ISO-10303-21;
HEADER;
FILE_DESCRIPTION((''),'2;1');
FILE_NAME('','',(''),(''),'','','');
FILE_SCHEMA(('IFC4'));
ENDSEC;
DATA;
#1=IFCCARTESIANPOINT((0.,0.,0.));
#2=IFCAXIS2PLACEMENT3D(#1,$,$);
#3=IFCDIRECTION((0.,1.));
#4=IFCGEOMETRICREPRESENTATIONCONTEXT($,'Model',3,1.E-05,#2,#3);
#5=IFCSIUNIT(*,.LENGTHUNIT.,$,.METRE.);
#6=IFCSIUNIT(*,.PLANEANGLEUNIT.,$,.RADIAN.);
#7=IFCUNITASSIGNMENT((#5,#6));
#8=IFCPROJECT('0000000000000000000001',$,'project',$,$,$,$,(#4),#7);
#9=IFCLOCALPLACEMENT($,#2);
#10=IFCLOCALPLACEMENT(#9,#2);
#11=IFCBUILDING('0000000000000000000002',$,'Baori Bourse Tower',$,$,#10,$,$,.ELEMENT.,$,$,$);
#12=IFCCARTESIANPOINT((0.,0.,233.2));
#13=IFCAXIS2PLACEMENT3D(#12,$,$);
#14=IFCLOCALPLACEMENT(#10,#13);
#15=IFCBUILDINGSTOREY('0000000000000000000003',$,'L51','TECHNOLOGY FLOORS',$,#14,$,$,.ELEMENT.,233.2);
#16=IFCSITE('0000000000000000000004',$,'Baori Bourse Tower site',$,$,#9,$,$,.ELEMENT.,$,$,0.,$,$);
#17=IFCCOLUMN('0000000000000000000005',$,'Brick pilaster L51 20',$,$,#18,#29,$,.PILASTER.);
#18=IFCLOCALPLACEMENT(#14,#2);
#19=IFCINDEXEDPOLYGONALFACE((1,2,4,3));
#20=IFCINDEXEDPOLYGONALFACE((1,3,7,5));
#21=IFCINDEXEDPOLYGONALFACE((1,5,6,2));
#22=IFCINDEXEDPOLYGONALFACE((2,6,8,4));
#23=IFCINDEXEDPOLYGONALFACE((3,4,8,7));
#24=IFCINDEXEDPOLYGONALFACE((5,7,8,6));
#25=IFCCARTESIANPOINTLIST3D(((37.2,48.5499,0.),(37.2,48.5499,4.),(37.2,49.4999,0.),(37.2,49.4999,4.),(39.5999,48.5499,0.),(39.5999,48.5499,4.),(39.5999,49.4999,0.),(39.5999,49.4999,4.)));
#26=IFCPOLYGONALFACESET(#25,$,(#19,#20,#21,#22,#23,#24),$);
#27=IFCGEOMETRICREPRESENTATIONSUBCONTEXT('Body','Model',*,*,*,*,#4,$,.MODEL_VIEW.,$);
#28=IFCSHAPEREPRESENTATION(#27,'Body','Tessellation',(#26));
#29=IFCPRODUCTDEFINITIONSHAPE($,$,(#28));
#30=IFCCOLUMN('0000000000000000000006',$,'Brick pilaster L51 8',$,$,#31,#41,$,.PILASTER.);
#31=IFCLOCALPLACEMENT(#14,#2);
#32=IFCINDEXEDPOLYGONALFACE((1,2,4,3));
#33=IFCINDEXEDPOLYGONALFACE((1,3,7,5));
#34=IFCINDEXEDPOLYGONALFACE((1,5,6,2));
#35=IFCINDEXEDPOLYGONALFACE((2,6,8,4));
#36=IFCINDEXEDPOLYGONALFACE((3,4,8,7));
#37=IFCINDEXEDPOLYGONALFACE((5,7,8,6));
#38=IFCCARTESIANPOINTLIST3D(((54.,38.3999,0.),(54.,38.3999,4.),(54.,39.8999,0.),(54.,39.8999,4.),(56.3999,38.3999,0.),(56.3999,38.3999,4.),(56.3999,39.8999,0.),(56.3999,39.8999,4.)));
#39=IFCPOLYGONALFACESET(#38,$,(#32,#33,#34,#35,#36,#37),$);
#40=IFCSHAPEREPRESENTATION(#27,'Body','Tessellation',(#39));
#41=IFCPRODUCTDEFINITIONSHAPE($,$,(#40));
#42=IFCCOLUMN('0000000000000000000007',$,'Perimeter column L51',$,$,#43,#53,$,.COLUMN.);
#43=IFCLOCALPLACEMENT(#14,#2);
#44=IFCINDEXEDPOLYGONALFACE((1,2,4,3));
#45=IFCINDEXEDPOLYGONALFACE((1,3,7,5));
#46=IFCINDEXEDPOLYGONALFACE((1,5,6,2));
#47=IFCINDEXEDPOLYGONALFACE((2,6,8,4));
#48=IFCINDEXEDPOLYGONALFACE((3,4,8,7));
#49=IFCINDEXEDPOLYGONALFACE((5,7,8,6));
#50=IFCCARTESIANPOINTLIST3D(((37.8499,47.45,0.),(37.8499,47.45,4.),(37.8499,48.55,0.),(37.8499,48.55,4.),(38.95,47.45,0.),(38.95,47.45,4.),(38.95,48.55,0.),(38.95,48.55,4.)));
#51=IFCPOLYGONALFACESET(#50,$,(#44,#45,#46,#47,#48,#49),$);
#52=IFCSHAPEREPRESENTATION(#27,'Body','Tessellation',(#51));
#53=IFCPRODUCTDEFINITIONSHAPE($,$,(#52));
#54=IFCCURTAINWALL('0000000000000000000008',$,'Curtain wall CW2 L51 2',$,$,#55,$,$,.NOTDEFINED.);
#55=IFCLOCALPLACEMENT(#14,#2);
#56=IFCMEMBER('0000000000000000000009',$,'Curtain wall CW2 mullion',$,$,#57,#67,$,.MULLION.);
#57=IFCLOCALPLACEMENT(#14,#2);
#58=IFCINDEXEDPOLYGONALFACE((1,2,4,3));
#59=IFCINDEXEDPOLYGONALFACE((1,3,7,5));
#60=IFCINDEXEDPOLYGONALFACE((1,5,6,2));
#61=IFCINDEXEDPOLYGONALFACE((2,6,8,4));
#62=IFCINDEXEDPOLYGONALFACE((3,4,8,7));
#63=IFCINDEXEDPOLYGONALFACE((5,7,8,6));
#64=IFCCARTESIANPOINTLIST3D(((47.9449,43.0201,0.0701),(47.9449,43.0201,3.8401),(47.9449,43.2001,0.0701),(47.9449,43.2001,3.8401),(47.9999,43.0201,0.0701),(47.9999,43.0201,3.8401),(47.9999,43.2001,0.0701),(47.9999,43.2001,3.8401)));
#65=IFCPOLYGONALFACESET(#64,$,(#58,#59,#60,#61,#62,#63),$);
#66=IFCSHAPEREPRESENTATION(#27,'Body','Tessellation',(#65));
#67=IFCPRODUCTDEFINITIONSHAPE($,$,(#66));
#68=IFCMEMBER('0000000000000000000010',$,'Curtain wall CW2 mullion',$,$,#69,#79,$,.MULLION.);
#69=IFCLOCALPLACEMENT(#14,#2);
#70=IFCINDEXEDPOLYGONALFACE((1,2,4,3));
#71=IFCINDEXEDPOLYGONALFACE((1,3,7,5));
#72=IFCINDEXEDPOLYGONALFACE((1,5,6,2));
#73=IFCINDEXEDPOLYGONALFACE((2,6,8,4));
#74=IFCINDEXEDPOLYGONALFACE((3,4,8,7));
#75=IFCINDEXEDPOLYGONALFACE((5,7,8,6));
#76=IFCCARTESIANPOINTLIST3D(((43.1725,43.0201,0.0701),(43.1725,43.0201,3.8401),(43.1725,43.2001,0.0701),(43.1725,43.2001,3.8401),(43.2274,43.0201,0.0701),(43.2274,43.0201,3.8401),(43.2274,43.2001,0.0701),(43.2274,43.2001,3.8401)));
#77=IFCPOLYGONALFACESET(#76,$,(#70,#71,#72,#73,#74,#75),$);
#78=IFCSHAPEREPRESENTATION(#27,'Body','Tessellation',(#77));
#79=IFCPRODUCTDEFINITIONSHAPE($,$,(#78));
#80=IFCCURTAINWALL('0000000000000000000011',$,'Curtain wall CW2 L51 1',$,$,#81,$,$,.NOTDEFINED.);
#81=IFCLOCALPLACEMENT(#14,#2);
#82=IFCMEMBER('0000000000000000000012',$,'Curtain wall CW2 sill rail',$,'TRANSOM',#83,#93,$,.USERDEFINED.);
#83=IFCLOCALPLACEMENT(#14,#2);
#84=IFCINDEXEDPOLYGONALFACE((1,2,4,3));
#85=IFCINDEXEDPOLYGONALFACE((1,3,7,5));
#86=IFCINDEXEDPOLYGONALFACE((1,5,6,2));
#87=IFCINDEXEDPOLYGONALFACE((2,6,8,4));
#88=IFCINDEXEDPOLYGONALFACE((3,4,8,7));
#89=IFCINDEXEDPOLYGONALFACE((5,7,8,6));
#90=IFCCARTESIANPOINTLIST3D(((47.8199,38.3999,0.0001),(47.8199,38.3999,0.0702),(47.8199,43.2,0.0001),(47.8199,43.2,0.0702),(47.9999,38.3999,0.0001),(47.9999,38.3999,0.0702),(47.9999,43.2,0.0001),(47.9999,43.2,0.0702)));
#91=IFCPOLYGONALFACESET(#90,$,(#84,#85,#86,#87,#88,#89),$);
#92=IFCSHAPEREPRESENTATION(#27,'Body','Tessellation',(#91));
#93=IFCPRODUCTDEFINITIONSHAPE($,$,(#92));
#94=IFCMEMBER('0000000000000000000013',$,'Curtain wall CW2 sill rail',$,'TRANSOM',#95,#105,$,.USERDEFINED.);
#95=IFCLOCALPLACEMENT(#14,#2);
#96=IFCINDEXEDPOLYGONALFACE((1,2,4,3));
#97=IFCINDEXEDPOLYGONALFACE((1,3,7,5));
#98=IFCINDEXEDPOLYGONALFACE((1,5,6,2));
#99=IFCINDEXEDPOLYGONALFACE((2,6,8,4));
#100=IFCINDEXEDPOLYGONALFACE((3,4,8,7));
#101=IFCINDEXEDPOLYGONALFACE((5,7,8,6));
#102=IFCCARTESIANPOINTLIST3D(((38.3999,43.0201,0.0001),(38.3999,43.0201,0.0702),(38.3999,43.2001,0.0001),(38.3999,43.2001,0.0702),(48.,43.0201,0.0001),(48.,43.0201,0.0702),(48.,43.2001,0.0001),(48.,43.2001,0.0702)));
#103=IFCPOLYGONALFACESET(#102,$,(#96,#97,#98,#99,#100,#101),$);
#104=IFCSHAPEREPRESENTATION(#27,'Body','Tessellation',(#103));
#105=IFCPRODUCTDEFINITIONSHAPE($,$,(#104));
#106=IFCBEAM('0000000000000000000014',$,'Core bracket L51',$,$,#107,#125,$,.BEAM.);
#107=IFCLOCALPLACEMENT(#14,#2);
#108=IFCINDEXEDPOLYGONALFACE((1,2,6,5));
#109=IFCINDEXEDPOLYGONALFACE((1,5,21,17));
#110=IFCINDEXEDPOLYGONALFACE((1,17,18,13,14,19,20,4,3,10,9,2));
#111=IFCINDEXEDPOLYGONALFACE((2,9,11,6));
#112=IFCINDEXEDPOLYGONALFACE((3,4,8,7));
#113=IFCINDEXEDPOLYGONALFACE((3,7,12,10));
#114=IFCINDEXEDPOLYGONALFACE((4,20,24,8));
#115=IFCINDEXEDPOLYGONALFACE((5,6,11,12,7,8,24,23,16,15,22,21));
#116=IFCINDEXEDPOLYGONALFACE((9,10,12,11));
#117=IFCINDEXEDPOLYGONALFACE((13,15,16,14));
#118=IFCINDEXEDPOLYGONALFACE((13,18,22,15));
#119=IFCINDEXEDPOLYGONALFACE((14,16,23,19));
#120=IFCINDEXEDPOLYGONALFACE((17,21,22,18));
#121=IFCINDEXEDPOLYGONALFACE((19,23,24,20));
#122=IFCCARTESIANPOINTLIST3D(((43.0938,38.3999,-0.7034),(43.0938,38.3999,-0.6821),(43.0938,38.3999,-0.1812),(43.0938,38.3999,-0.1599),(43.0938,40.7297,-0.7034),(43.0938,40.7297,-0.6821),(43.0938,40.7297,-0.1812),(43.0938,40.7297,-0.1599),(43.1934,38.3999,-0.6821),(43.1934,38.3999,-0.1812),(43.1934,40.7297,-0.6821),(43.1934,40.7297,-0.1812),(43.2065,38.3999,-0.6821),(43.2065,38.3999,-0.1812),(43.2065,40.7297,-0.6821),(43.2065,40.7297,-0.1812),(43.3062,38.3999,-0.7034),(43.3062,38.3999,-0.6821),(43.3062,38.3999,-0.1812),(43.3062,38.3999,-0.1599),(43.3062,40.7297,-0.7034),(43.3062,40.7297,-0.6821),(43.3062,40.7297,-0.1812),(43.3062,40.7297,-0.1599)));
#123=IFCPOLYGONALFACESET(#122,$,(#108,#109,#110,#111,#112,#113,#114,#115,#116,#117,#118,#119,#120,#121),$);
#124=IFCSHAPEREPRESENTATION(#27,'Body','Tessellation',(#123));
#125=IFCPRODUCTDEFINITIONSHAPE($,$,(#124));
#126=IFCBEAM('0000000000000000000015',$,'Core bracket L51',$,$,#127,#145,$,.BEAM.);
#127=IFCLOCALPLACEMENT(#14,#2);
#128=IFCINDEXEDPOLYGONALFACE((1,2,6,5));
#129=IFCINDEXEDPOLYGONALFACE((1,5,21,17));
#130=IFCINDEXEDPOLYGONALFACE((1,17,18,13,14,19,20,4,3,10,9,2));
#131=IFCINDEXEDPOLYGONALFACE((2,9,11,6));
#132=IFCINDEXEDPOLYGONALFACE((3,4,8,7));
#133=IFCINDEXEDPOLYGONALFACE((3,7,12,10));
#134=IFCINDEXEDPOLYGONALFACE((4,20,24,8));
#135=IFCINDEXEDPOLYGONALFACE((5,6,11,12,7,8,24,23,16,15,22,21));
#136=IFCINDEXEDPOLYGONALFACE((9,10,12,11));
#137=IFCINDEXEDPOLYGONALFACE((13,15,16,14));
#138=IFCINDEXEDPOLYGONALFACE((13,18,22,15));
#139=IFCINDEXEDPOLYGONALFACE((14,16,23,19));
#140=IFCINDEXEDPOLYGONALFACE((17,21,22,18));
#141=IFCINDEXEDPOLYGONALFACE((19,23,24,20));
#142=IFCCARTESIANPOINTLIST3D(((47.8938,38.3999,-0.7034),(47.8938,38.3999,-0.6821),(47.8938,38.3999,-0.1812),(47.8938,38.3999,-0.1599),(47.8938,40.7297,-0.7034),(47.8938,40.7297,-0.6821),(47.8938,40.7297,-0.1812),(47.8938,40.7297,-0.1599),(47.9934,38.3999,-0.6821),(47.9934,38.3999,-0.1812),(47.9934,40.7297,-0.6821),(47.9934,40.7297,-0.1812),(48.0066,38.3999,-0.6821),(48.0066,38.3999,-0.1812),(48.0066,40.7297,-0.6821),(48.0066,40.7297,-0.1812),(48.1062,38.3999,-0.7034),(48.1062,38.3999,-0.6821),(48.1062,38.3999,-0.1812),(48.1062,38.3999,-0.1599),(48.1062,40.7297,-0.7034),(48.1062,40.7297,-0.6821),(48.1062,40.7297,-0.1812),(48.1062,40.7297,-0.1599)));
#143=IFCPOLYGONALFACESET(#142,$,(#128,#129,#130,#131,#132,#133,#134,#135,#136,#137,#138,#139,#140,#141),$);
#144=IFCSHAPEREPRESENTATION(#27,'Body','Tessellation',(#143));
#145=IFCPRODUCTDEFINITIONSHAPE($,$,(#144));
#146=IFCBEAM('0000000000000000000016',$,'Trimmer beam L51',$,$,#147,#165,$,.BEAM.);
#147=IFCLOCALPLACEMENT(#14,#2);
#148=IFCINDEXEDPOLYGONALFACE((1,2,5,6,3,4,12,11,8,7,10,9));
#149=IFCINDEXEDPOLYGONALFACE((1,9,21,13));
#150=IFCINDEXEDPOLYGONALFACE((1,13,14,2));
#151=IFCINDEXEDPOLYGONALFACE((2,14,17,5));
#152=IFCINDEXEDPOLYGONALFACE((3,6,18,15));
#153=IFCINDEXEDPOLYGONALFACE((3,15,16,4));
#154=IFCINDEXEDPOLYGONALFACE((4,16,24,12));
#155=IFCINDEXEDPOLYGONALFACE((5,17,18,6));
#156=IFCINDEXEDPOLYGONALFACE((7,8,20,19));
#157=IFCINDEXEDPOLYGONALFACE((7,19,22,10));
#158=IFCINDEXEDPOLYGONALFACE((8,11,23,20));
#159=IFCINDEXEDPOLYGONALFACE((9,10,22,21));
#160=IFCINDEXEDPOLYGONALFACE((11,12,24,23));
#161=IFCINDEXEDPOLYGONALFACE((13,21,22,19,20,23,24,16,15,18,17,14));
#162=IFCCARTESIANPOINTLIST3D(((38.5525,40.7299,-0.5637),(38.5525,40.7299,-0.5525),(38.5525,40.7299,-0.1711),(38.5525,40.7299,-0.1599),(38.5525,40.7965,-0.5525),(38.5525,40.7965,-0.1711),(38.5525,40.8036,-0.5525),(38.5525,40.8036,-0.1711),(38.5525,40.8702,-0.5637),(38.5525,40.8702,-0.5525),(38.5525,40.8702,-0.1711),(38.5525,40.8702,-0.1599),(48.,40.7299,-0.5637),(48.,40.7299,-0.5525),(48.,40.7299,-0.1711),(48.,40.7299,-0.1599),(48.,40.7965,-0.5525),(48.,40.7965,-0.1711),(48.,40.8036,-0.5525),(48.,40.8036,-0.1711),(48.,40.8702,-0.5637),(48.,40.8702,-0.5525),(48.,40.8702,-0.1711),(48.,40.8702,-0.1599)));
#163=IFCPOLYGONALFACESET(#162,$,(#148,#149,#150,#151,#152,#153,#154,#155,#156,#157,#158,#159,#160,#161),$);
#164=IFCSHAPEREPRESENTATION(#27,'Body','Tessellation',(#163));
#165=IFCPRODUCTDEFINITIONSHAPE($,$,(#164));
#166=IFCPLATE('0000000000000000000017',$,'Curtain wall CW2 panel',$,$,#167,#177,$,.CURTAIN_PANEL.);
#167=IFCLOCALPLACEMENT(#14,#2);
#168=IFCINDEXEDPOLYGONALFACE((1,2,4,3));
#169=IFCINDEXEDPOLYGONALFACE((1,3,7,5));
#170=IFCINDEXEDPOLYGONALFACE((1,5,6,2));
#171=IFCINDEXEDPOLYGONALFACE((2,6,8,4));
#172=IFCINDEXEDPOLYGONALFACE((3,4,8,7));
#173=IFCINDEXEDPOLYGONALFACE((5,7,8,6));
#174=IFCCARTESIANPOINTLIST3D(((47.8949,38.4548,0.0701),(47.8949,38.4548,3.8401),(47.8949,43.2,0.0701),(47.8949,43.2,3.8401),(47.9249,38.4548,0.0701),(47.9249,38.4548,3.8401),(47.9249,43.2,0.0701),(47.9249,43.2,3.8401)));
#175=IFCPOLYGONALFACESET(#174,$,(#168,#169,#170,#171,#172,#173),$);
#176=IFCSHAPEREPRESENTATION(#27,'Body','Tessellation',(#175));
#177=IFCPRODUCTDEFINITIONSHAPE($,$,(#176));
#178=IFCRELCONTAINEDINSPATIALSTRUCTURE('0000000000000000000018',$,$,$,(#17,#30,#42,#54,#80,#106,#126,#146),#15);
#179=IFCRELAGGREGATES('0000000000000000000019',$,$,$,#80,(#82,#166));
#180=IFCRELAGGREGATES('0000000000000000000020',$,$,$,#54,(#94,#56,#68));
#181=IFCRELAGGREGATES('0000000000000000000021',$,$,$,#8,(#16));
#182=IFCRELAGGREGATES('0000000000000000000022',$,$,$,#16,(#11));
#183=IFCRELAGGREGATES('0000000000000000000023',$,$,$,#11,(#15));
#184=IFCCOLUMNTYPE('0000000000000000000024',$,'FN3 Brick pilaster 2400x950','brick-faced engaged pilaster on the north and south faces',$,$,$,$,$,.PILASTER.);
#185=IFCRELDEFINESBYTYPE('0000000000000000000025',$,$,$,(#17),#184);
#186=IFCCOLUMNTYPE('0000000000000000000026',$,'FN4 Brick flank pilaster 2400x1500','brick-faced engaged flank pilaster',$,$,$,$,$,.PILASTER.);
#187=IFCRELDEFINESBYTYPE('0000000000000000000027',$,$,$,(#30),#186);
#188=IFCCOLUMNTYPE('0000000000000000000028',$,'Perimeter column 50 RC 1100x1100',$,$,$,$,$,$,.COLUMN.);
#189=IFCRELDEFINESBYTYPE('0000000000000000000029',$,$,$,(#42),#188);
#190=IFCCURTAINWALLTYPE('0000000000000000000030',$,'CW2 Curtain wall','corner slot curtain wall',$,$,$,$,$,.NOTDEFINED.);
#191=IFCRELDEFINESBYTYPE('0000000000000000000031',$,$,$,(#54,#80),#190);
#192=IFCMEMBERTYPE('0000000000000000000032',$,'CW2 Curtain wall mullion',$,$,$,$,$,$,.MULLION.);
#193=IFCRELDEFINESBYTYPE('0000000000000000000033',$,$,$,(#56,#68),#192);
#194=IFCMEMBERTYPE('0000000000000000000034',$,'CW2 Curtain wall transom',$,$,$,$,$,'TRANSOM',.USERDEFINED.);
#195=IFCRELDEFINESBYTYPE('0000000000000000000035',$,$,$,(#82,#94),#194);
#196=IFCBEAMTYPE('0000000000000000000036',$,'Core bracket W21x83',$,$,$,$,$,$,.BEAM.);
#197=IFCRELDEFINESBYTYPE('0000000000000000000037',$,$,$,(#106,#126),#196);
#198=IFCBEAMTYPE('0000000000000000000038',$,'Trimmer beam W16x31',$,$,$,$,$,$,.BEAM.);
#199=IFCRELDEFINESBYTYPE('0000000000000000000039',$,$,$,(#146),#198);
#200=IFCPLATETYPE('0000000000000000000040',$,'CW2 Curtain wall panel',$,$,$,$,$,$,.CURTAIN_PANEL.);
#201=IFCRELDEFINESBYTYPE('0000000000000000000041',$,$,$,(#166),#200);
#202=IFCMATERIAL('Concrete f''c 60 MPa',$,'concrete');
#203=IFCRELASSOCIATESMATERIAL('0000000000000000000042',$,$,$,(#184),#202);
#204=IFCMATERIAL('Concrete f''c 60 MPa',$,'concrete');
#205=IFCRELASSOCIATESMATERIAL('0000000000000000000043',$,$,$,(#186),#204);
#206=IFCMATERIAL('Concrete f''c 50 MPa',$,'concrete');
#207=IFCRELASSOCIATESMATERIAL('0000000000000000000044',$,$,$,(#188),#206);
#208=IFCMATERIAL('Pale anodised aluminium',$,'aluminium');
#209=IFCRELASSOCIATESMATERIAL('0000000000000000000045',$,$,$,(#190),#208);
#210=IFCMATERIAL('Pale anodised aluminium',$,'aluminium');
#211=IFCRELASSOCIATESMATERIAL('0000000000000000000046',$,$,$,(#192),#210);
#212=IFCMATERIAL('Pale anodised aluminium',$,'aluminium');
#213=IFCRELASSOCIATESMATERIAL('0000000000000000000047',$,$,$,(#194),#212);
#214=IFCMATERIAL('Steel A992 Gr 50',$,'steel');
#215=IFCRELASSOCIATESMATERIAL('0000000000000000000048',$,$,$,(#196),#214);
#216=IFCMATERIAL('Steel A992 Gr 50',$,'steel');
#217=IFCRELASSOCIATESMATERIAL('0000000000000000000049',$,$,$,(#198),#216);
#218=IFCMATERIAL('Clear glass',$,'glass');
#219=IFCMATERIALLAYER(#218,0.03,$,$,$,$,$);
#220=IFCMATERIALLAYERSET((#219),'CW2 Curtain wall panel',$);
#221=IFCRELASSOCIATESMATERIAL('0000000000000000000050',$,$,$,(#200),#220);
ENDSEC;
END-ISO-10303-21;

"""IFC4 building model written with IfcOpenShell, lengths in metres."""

from ifc_helpers import new_model, si_unit, direction, frame, origin, origin_2d, place, context, subcontext, project, spatial, rectangle, i_section, extrude, material, layer, layer_set, material_profile, profile_set, type_object, element, aggregate, save


model = new_model("IFC4")

# Units and contexts
model_context = context("Model", 3, precision=1e-05, world=origin(), true_north=direction((0.0, 1.0)))
body_context = subcontext(model_context, "Body", "Model", "MODEL_VIEW")
ifc_project = project(units=[si_unit("LENGTHUNIT", "METRE"), si_unit("PLANEANGLEUNIT", "RADIAN")], contexts=[model_context])

# Site, building, storey
site_placement = place(None, origin())
site = spatial("IfcSite", under=ifc_project, at=site_placement, Name="Baori Bourse Tower site", CompositionType="ELEMENT", RefElevation=0.0)
building_placement = place(site_placement, origin())
building = spatial("IfcBuilding", under=site, at=building_placement, Name="Baori Bourse Tower", CompositionType="ELEMENT")
storey_placement = place(building_placement, frame((0.0, 0.0, 233.2)))
storey = spatial("IfcBuildingStorey", under=building, at=storey_placement, Name="L51", Description="TECHNOLOGY FLOORS", CompositionType="ELEMENT", Elevation=233.2)

# Columns
ifc_material_1 = material(Name="Concrete f'c 60 MPa", Category="concrete")
ifc_material_profile_1 = material_profile(ifc_material_1, rectangle(XDim=2.3999, YDim=0.95, at=origin_2d()), Name="RC 2400x950")
ifc_profile_set_1 = profile_set([ifc_material_profile_1], Name="Concrete f'c 60 MPa")
column_type_1 = type_object("IfcColumnType", Name="FN3 Brick pilaster 2400x950", Description="brick-faced engaged pilaster on the north and south faces", PredefinedType="PILASTER", material=ifc_profile_set_1)
column_1_placement = place(storey_placement, frame((38.3999, 49.0249, 0.0), z_axis=(0.0, 0.0, 1.0), x_axis=(1.0, 0.0, 0.0)))
element("IfcColumn", 1, at=column_1_placement, inside=storey, type_object=column_type_1, Name="Brick pilaster L51 20", PredefinedType="PILASTER", context=body_context, shape_type="SweptSolid", body=[
    extrude(rectangle(XDim=2.3999, YDim=0.95, at=origin_2d()), origin(), (0.0, 0.0, 1.0), 4.0),
])
ifc_material_2 = material(Name="Concrete f'c 60 MPa", Category="concrete")
ifc_material_profile_2 = material_profile(ifc_material_2, rectangle(XDim=2.3999, YDim=1.5, at=origin_2d()), Name="RC 2400x1500")
ifc_profile_set_2 = profile_set([ifc_material_profile_2], Name="Concrete f'c 60 MPa")
column_type_2 = type_object("IfcColumnType", Name="FN4 Brick flank pilaster 2400x1500", Description="brick-faced engaged flank pilaster", PredefinedType="PILASTER", material=ifc_profile_set_2)
column_2_placement = place(storey_placement, frame((55.2, 39.1499, 0.0), z_axis=(0.0, 0.0, 1.0), x_axis=(1.0, 0.0, 0.0)))
element("IfcColumn", 2, at=column_2_placement, inside=storey, type_object=column_type_2, Name="Brick pilaster L51 8", PredefinedType="PILASTER", context=body_context, shape_type="SweptSolid", body=[
    extrude(rectangle(XDim=2.3999, YDim=1.5, at=origin_2d()), origin(), (0.0, 0.0, 1.0), 4.0),
])
ifc_material_3 = material(Name="Concrete f'c 50 MPa", Category="concrete")
ifc_material_profile_3 = material_profile(ifc_material_3, rectangle(XDim=1.1001, YDim=1.1001, at=origin_2d()), Name="RC 1100x1100")
ifc_profile_set_3 = profile_set([ifc_material_profile_3], Name="Concrete f'c 50 MPa")
column_type_3 = type_object("IfcColumnType", Name="Perimeter column 50 RC 1100x1100", PredefinedType="COLUMN", material=ifc_profile_set_3)
column_3_placement = place(storey_placement, frame((38.3999, 48.0, 0.0), z_axis=(0.0, 0.0, 1.0), x_axis=(1.0, 0.0, 0.0)))
element("IfcColumn", 3, at=column_3_placement, inside=storey, type_object=column_type_3, Name="Perimeter column L51", PredefinedType="COLUMN", context=body_context, shape_type="SweptSolid", body=[
    extrude(rectangle(XDim=1.1001, YDim=1.1001, at=origin_2d()), origin(), (0.0, 0.0, 1.0), 4.0),
])

# Curtain wall, members
ifc_material_4 = material(Name="Pale anodised aluminium", Category="aluminium")
curtain_wall_type = type_object("IfcCurtainWallType", Name="CW2 Curtain wall", Description="corner slot curtain wall", PredefinedType="NOTDEFINED", material=ifc_material_4)
curtain_wall_1_placement = place(storey_placement, origin())
curtain_wall_1 = element("IfcCurtainWall", 4, at=curtain_wall_1_placement, inside=storey, type_object=curtain_wall_type, Name="Curtain wall CW2 L51 2", PredefinedType="NOTDEFINED")
ifc_material_5 = material(Name="Pale anodised aluminium", Category="aluminium")
ifc_material_profile_4 = material_profile(ifc_material_5, rectangle(XDim=0.1799, YDim=0.0549, at=origin_2d()), Name="Mullion 55x180")
ifc_profile_set_4 = profile_set([ifc_material_profile_4], Name="Pale anodised aluminium")
member_type_1 = type_object("IfcMemberType", Name="CW2 Curtain wall mullion", PredefinedType="MULLION", material=ifc_profile_set_4)
member_1_placement = place(storey_placement, frame((47.9724, 43.1101, 0.0701), z_axis=(0.0, 0.0, 1.0), x_axis=(0.0, -1.0, 0.0)))
member_1 = element("IfcMember", 5, at=member_1_placement, type_object=member_type_1, Name="Curtain wall CW2 mullion", PredefinedType="MULLION", context=body_context, shape_type="SweptSolid", body=[
    extrude(rectangle(XDim=0.1799, YDim=0.0549, at=origin_2d()), origin(), (0.0, 0.0, 1.0), 3.77),
])
member_2_placement = place(storey_placement, frame((43.2, 43.1101, 0.0701), z_axis=(0.0, 0.0, 1.0), x_axis=(0.0, -1.0, 0.0)))
member_2 = element("IfcMember", 6, at=member_2_placement, type_object=member_type_1, Name="Curtain wall CW2 mullion", PredefinedType="MULLION", context=body_context, shape_type="SweptSolid", body=[
    extrude(rectangle(XDim=0.1799, YDim=0.0549, at=origin_2d()), origin(), (0.0, 0.0, 1.0), 3.77),
])

# Curtain wall, member
curtain_wall_2_placement = place(storey_placement, origin())
curtain_wall_2 = element("IfcCurtainWall", 7, at=curtain_wall_2_placement, inside=storey, type_object=curtain_wall_type, Name="Curtain wall CW2 L51 1", PredefinedType="NOTDEFINED")
ifc_material_6 = material(Name="Pale anodised aluminium", Category="aluminium")
ifc_material_profile_5 = material_profile(ifc_material_6, rectangle(XDim=0.1799, YDim=0.0701, at=origin_2d()), Name="Transom 70x180")
ifc_profile_set_5 = profile_set([ifc_material_profile_5], Name="Pale anodised aluminium")
member_type_2 = type_object("IfcMemberType", Name="CW2 Curtain wall transom", ElementType="TRANSOM", PredefinedType="USERDEFINED", material=ifc_profile_set_5)
member_3_placement = place(storey_placement, frame((47.9099, 38.3999, 0.0352), z_axis=(0.0, 1.0, 0.0), x_axis=(-1.0, 0.0, 0.0)))
member_3 = element("IfcMember", 8, at=member_3_placement, type_object=member_type_2, Name="Curtain wall CW2 sill rail", ObjectType="TRANSOM", PredefinedType="USERDEFINED", context=body_context, shape_type="SweptSolid", body=[
    extrude(rectangle(XDim=0.1799, YDim=0.0701, at=origin_2d()), origin(), (0.0, 0.0, 1.0), 4.8),
])

# Member
member_4_placement = place(storey_placement, frame((48.0, 43.1101, 0.0352), z_axis=(-1.0, 0.0, 0.0), x_axis=(0.0, -1.0, 0.0)))
member_4 = element("IfcMember", 9, at=member_4_placement, type_object=member_type_2, Name="Curtain wall CW2 sill rail", ObjectType="TRANSOM", PredefinedType="USERDEFINED", context=body_context, shape_type="SweptSolid", body=[
    extrude(rectangle(XDim=0.1799, YDim=0.0701, at=origin_2d()), origin(), (0.0, 0.0, 1.0), 9.6001),
])

# Beams
ifc_material_7 = material(Name="Steel A992 Gr 50", Category="steel")
ifc_material_profile_6 = material_profile(ifc_material_7, i_section(OverallWidth=0.2124, OverallDepth=0.5435, WebThickness=0.0132, FlangeThickness=0.0212, at=origin_2d()), Name="W21x83")
ifc_profile_set_6 = profile_set([ifc_material_profile_6], Name="Steel A992 Gr 50")
beam_type_1 = type_object("IfcBeamType", Name="Core bracket W21x83", PredefinedType="BEAM", material=ifc_profile_set_6)
for number, where, z_axis, x_axis, name in (
    (10, (43.2, 38.3999, -0.4316), (0.0, 1.0, 0.0), (-1.0, 0.0, 0.0), "Core bracket L51"),
    (11, (48.0, 38.3999, -0.4316), (0.0, 1.0, 0.0), (-1.0, 0.0, 0.0), "Core bracket L51"),
):
    element("IfcBeam", number, at=place(storey_placement, frame(where, z_axis=z_axis, x_axis=x_axis)), inside=storey, type_object=beam_type_1, Name=name, PredefinedType="BEAM", context=body_context, shape_type="SweptSolid", body=[
        extrude(i_section(OverallWidth=0.2124, OverallDepth=0.5435, WebThickness=0.0132, FlangeThickness=0.0212, at=origin_2d()), origin(), (0.0, 0.0, 1.0), 2.3298),
    ])
ifc_material_8 = material(Name="Steel A992 Gr 50", Category="steel")
ifc_material_profile_7 = material_profile(ifc_material_8, i_section(OverallWidth=0.1404, OverallDepth=0.4038, WebThickness=0.0071, FlangeThickness=0.0112, at=origin_2d()), Name="W16x31")
ifc_profile_set_7 = profile_set([ifc_material_profile_7], Name="Steel A992 Gr 50")
beam_type_2 = type_object("IfcBeamType", Name="Trimmer beam W16x31", PredefinedType="BEAM", material=ifc_profile_set_7)
beam_placement = place(storey_placement, frame((38.5525, 40.8, -0.3618), z_axis=(1.0, 0.0, 0.0), x_axis=(0.0, 1.0, 0.0)))
element("IfcBeam", 12, at=beam_placement, inside=storey, type_object=beam_type_2, Name="Trimmer beam L51", PredefinedType="BEAM", context=body_context, shape_type="SweptSolid", body=[
    extrude(i_section(OverallWidth=0.1404, OverallDepth=0.4038, WebThickness=0.0071, FlangeThickness=0.0112, at=origin_2d()), origin(), (0.0, 0.0, 1.0), 9.4475),
])

# Plate
ifc_material_9 = material(Name="Clear glass", Category="glass")
ifc_layer_1 = layer(ifc_material_9, 0.03)
ifc_layer_set_1 = layer_set([ifc_layer_1], Name="CW2 Curtain wall panel")
plate_type = type_object("IfcPlateType", Name="CW2 Curtain wall panel", PredefinedType="CURTAIN_PANEL", material=ifc_layer_set_1)
plate_1_placement = place(storey_placement, frame((47.9099, 40.8274, 0.0701), z_axis=(0.0, 0.0, 1.0), x_axis=(0.0, 1.0, 0.0)))
plate_1 = element("IfcPlate", 13, at=plate_1_placement, type_object=plate_type, Name="Curtain wall CW2 panel", PredefinedType="CURTAIN_PANEL", context=body_context, shape_type="SweptSolid", body=[
    extrude(rectangle(XDim=4.7451, YDim=0.03, at=origin_2d()), origin(), (0.0, 0.0, 1.0), 3.77),
])
aggregate(curtain_wall_2, [member_3, plate_1])
aggregate(curtain_wall_1, [member_4, member_1, member_2])

save(model, "model.ifc")
